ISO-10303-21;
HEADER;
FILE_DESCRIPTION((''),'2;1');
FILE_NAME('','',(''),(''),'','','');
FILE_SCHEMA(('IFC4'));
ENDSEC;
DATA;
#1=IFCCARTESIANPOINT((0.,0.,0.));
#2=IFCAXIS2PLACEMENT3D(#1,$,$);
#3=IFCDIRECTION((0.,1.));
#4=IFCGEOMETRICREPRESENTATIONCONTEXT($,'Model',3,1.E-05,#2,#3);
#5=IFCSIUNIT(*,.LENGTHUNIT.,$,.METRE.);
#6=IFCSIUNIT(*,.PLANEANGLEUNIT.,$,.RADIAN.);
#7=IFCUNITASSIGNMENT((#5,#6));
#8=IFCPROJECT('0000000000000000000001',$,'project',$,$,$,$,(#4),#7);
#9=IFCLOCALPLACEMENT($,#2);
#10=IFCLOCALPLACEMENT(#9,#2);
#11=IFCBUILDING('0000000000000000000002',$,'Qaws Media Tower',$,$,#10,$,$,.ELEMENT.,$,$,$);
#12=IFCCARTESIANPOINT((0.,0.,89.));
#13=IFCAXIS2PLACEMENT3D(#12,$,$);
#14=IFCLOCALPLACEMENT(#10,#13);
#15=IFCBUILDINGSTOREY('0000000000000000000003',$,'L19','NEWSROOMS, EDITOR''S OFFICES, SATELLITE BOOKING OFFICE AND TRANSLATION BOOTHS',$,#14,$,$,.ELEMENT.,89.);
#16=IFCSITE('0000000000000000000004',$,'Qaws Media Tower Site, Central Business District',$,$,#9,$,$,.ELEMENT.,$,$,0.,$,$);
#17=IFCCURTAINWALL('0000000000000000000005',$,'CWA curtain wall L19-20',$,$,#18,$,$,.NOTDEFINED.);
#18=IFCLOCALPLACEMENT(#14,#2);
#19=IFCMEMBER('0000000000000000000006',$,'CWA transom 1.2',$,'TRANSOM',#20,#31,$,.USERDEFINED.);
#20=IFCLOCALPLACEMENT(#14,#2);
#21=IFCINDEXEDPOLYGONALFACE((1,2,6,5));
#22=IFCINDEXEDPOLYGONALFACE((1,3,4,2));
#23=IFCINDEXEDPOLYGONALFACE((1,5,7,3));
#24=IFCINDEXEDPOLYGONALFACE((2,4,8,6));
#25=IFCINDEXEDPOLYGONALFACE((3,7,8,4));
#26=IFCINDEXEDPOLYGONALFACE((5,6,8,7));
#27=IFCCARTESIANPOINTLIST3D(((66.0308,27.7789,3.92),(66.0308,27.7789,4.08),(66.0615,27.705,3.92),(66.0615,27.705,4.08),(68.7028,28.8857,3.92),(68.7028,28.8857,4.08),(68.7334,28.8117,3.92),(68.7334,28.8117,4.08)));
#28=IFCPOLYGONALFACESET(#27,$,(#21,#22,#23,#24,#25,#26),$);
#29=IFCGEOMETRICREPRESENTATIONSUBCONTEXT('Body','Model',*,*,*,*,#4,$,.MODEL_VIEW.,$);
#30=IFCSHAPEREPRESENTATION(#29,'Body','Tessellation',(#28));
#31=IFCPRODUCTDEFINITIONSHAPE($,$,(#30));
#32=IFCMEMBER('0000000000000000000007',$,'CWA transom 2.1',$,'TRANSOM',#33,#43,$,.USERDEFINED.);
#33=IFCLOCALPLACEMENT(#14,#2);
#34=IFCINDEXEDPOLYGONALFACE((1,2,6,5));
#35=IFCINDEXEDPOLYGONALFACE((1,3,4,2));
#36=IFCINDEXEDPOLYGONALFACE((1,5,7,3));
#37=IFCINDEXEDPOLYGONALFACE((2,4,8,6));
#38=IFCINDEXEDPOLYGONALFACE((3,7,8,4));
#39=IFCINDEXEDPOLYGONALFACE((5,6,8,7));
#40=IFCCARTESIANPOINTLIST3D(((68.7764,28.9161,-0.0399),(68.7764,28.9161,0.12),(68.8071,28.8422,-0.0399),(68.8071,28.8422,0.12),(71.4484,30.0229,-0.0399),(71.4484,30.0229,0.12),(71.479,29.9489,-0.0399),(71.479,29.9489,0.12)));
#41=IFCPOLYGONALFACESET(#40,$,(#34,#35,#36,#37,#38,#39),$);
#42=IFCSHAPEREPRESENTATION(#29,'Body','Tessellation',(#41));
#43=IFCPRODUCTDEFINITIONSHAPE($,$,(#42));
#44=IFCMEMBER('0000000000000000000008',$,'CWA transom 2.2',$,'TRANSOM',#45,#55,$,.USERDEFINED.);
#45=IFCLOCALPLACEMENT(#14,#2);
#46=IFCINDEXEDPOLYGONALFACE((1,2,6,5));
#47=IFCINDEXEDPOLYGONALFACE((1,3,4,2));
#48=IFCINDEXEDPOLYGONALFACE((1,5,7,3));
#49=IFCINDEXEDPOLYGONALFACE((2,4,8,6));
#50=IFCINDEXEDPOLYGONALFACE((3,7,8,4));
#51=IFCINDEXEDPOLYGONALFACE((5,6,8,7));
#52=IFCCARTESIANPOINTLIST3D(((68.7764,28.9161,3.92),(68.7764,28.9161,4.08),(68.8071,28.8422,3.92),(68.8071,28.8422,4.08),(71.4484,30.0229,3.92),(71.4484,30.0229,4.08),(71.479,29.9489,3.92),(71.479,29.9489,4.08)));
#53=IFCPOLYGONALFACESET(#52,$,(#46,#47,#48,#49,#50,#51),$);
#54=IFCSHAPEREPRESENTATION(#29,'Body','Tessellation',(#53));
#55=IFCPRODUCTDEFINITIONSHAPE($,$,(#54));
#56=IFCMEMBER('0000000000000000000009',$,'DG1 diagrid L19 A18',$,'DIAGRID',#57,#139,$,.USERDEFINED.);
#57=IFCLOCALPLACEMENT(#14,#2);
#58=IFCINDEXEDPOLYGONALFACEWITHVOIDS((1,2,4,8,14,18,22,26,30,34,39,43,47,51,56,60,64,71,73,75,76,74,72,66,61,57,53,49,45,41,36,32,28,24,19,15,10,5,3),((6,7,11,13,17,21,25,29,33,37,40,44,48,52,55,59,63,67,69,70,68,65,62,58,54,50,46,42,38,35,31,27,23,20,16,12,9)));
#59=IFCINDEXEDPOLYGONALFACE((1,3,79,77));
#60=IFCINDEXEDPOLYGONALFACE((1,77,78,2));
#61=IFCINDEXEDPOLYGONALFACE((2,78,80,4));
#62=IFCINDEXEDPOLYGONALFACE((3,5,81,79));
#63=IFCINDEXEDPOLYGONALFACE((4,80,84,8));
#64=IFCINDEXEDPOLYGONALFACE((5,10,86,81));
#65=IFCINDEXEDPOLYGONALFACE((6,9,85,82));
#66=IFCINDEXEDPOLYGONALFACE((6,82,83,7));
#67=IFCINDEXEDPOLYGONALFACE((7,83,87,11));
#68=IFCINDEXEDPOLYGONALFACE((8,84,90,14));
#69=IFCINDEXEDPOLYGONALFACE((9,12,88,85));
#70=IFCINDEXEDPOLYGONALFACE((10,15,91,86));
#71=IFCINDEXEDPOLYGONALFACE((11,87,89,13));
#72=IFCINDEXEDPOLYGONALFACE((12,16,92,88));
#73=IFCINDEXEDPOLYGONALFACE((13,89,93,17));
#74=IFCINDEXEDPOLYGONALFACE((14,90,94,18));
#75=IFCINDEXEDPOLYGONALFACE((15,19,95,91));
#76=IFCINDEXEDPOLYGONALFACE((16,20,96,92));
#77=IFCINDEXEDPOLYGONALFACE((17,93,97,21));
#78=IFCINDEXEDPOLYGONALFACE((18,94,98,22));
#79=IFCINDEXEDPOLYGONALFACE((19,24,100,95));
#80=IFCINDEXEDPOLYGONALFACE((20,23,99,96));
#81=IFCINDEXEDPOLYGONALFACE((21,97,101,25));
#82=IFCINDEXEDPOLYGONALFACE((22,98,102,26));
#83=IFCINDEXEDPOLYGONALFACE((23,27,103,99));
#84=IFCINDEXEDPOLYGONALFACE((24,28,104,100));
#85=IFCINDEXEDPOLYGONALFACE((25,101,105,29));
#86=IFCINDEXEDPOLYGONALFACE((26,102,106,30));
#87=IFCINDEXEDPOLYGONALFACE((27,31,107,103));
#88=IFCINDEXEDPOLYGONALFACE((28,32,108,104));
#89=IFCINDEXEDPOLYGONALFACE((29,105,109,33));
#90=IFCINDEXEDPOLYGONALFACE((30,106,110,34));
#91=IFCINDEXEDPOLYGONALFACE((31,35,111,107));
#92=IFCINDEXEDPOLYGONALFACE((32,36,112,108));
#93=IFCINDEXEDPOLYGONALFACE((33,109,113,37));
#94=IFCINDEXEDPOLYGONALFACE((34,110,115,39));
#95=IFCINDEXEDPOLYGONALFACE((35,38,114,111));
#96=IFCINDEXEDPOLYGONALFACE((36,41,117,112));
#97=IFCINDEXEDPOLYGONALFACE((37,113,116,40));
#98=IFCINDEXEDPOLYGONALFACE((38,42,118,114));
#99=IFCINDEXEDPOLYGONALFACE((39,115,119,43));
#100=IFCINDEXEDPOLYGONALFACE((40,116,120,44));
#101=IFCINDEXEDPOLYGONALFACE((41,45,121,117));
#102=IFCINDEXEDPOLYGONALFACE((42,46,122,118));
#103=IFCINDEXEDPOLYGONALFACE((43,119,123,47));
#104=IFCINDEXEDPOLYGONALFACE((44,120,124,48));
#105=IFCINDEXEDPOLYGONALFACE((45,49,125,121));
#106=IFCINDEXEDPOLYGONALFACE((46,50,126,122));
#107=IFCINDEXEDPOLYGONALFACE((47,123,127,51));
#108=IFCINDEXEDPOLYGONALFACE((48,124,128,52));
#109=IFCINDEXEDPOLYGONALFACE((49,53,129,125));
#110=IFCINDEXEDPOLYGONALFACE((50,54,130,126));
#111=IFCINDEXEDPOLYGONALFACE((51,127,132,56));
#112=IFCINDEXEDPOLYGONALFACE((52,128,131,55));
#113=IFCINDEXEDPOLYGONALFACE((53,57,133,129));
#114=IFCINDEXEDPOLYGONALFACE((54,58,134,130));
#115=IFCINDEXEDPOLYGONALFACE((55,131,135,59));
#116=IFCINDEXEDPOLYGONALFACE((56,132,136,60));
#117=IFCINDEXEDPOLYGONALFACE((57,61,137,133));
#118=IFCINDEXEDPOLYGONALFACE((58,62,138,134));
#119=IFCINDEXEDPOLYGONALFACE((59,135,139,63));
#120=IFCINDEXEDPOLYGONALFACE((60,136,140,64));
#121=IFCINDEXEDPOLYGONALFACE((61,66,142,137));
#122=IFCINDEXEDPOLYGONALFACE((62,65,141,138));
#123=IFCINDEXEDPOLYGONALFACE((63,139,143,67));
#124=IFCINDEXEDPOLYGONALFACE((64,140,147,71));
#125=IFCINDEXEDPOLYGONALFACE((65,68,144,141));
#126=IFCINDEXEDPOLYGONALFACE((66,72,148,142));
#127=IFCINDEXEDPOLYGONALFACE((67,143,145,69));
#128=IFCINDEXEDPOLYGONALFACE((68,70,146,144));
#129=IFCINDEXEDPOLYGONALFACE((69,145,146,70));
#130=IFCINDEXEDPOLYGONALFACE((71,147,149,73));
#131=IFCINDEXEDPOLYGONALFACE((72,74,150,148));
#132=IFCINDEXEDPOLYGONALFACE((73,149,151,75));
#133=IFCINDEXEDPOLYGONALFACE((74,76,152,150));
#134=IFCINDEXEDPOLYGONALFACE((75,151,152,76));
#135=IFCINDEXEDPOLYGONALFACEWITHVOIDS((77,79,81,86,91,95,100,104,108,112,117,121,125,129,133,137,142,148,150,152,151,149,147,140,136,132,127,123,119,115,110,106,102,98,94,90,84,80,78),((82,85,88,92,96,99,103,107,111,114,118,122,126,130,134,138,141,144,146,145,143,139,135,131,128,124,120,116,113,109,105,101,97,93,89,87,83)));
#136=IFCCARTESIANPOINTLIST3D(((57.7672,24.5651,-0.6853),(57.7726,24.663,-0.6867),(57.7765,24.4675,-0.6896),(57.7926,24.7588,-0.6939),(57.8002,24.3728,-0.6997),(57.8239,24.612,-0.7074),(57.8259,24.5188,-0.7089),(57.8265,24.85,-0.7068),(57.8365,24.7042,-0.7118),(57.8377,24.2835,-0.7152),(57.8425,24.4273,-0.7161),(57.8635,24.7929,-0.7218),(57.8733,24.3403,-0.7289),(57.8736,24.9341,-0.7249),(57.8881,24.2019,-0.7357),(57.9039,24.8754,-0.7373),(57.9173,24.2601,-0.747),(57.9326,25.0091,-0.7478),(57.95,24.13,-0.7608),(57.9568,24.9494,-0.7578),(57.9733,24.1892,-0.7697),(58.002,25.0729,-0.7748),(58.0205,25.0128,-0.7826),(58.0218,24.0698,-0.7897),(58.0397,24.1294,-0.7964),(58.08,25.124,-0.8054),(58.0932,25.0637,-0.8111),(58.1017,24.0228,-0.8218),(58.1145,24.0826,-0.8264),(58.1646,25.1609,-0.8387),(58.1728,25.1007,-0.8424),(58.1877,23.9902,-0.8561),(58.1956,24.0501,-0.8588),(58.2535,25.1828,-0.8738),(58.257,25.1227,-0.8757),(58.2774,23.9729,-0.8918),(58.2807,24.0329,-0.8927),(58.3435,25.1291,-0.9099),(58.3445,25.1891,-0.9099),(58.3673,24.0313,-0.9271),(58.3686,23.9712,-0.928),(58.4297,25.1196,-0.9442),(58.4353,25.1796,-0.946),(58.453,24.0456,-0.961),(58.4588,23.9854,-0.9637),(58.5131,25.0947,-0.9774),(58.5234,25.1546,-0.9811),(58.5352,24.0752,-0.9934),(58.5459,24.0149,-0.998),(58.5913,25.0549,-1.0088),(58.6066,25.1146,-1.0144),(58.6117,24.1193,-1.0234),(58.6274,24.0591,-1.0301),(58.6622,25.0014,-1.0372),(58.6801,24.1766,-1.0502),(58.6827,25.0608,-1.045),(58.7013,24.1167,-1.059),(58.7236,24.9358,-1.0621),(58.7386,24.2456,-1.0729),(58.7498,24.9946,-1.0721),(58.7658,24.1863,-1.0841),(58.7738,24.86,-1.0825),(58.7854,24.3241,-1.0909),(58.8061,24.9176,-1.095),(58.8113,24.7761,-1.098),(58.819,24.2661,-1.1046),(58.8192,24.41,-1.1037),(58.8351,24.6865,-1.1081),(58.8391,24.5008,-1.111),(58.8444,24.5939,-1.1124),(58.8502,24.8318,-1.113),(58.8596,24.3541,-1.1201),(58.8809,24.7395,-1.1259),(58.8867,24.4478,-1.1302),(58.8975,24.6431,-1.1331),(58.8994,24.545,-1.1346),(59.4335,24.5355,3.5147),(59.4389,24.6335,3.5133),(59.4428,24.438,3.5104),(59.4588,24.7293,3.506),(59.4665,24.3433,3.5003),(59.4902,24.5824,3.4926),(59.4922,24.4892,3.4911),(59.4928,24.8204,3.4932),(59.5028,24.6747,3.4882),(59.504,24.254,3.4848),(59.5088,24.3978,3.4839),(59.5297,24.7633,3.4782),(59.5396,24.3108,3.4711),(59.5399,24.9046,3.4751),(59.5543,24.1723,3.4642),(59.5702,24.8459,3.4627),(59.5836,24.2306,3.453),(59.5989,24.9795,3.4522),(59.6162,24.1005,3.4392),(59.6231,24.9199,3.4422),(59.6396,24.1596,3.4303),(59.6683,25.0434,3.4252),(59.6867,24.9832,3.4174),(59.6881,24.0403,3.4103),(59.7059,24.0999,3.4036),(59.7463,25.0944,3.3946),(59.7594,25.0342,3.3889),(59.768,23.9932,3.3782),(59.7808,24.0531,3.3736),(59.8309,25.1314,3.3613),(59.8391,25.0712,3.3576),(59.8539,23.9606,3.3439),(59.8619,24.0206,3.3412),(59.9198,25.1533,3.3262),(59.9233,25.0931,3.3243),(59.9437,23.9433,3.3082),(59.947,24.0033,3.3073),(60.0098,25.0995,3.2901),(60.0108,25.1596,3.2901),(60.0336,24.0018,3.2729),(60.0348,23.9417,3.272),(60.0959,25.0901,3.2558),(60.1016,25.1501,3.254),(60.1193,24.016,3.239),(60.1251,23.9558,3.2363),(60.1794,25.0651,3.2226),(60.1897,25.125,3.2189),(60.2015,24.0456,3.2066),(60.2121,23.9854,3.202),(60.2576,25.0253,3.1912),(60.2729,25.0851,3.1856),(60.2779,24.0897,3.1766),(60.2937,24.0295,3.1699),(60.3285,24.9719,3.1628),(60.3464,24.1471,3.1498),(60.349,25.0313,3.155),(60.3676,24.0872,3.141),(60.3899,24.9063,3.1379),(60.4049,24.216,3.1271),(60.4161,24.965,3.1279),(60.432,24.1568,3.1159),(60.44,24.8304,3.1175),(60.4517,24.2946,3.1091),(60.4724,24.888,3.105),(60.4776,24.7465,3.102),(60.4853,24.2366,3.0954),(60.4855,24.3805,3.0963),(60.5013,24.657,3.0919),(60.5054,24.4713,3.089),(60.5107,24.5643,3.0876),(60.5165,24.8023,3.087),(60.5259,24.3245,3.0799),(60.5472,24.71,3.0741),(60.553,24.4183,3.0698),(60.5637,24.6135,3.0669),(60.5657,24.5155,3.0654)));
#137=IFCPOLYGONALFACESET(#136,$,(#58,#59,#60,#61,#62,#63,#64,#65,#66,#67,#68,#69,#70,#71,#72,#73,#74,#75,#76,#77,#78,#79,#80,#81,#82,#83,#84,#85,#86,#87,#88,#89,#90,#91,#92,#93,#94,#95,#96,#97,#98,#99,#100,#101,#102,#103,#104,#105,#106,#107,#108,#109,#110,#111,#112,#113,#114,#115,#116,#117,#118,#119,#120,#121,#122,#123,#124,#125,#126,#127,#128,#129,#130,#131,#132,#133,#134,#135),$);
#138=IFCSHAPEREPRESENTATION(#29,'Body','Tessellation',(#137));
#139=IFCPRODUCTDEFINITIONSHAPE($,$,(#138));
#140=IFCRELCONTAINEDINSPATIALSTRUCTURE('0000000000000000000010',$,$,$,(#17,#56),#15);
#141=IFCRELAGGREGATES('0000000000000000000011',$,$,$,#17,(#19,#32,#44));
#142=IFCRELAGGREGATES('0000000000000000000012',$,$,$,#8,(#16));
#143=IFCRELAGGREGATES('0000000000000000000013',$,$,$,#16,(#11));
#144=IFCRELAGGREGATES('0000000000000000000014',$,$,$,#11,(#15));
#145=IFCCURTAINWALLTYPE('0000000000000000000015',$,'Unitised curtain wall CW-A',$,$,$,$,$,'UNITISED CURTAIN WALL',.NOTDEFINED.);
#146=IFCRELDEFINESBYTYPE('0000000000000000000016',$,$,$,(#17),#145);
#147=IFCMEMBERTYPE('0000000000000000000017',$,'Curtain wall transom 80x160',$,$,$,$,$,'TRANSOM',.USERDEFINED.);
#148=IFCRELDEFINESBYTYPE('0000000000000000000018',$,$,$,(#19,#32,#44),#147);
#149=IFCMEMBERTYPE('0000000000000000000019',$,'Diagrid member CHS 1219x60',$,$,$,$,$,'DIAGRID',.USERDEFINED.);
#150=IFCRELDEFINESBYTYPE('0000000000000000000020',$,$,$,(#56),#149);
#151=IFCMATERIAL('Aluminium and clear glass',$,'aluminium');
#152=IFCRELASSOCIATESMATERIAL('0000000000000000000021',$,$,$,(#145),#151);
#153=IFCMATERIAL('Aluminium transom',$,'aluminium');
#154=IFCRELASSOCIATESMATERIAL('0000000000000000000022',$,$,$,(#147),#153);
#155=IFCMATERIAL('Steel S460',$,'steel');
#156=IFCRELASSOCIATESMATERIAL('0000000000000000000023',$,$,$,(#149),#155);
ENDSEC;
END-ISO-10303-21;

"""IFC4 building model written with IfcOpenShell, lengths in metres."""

from ifc_helpers import new_model, si_unit, direction, frame, origin, origin_2d, place, context, subcontext, project, spatial, rectangle, hollow_circle, extrude, material, material_profile, profile_set, type_object, element, aggregate, save


model = new_model("IFC4")

# Units and contexts
model_context = context("Model", 3, precision=1e-05, world=origin(), true_north=direction((0.0, 1.0)))
body_context = subcontext(model_context, "Body", "Model", "MODEL_VIEW")
ifc_project = project(units=[si_unit("LENGTHUNIT", "METRE"), si_unit("PLANEANGLEUNIT", "RADIAN")], contexts=[model_context])

# Site, building, storey
site_placement = place(None, origin())
site = spatial("IfcSite", under=ifc_project, at=site_placement, Name="Qaws Media Tower Site, Central Business District", CompositionType="ELEMENT", RefElevation=0.0)
building_placement = place(site_placement, origin())
building = spatial("IfcBuilding", under=site, at=building_placement, Name="Qaws Media Tower", CompositionType="ELEMENT")
storey_placement = place(building_placement, frame((0.0, 0.0, 89.0)))
storey = spatial("IfcBuildingStorey", under=building, at=storey_placement, Name="L19", Description="NEWSROOMS, EDITOR'S OFFICES, SATELLITE BOOKING OFFICE AND TRANSLATION BOOTHS", CompositionType="ELEMENT", Elevation=89.0)

# Curtain wall
ifc_material_1 = material(Name="Aluminium and clear glass", Category="aluminium")
curtain_wall_type = type_object("IfcCurtainWallType", Name="Unitised curtain wall CW-A", ElementType="UNITISED CURTAIN WALL", PredefinedType="NOTDEFINED", material=ifc_material_1)
curtain_wall_1_placement = place(storey_placement, origin())
curtain_wall_1 = element("IfcCurtainWall", 1, at=curtain_wall_1_placement, inside=storey, type_object=curtain_wall_type, Name="CWA curtain wall L19-20", PredefinedType="NOTDEFINED")

# Members
ifc_material_2 = material(Name="Aluminium transom", Category="aluminium")
ifc_material_profile_1 = material_profile(ifc_material_2, rectangle(XDim=0.0801, YDim=0.1599, at=origin_2d()), Name="80x160")
ifc_profile_set_1 = profile_set([ifc_material_profile_1], Name="Aluminium transom")
member_type_1 = type_object("IfcMemberType", Name="Curtain wall transom 80x160", ElementType="TRANSOM", PredefinedType="USERDEFINED", material=ifc_profile_set_1)
member_1_placement = place(storey_placement, frame((66.0461, 27.7419, 4.0), z_axis=(0.923884, 0.382672, 0.0), x_axis=(-0.382672, 0.923884, 0.0)))
member_1 = element("IfcMember", 2, at=member_1_placement, type_object=member_type_1, Name="CWA transom 1.2", ObjectType="TRANSOM", PredefinedType="USERDEFINED", context=body_context, shape_type="SweptSolid", body=[
    extrude(rectangle(XDim=0.0801, YDim=0.1599, at=origin_2d()), origin(), (0.0, 0.0, 1.0), 2.8921),
])
member_2_placement = place(storey_placement, frame((68.7917, 28.8792, 0.04), z_axis=(0.923884, 0.382672, 0.0), x_axis=(-0.382672, 0.923884, 0.0)))
member_2 = element("IfcMember", 3, at=member_2_placement, type_object=member_type_1, Name="CWA transom 2.1", ObjectType="TRANSOM", PredefinedType="USERDEFINED", context=body_context, shape_type="SweptSolid", body=[
    extrude(rectangle(XDim=0.0801, YDim=0.1599, at=origin_2d()), origin(), (0.0, 0.0, 1.0), 2.8921),
])
member_3_placement = place(storey_placement, frame((68.7917, 28.8792, 4.0), z_axis=(0.923884, 0.382672, 0.0), x_axis=(-0.382672, 0.923884, 0.0)))
member_3 = element("IfcMember", 4, at=member_3_placement, type_object=member_type_1, Name="CWA transom 2.2", ObjectType="TRANSOM", PredefinedType="USERDEFINED", context=body_context, shape_type="SweptSolid", body=[
    extrude(rectangle(XDim=0.0801, YDim=0.1599, at=origin_2d()), origin(), (0.0, 0.0, 1.0), 2.8921),
])

# Member
ifc_material_3 = material(Name="Steel S460", Category="steel")
ifc_material_profile_2 = material_profile(ifc_material_3, hollow_circle(Radius=0.6096, WallThickness=0.0601, at=origin_2d()), Name="CHS 1219x60")
ifc_profile_set_2 = profile_set([ifc_material_profile_2], Name="Steel S460")
member_type_2 = type_object("IfcMemberType", Name="Diagrid member CHS 1219x60", ElementType="DIAGRID", PredefinedType="USERDEFINED", material=ifc_profile_set_2)
for number, where, z_axis, x_axis, name in (
    (5, (58.3337, 24.5796, -0.9099), (0.368764, -0.006538, 0.9295), (0.017726, 0.999843, 0.0), "DG1 diagrid L19 A18"),
):
    element("IfcMember", number, at=place(storey_placement, frame(where, z_axis=z_axis, x_axis=x_axis)), inside=storey, type_object=member_type_2, Name=name, ObjectType="DIAGRID", PredefinedType="USERDEFINED", context=body_context, shape_type="SweptSolid", body=[
        extrude(hollow_circle(Radius=0.6096, WallThickness=0.0601, at=origin_2d()), origin(), (0.0, 0.0, 1.0), 4.5186),
    ])

aggregate(curtain_wall_1, [member_1, member_2, member_3])

save(model, "model.ifc")
